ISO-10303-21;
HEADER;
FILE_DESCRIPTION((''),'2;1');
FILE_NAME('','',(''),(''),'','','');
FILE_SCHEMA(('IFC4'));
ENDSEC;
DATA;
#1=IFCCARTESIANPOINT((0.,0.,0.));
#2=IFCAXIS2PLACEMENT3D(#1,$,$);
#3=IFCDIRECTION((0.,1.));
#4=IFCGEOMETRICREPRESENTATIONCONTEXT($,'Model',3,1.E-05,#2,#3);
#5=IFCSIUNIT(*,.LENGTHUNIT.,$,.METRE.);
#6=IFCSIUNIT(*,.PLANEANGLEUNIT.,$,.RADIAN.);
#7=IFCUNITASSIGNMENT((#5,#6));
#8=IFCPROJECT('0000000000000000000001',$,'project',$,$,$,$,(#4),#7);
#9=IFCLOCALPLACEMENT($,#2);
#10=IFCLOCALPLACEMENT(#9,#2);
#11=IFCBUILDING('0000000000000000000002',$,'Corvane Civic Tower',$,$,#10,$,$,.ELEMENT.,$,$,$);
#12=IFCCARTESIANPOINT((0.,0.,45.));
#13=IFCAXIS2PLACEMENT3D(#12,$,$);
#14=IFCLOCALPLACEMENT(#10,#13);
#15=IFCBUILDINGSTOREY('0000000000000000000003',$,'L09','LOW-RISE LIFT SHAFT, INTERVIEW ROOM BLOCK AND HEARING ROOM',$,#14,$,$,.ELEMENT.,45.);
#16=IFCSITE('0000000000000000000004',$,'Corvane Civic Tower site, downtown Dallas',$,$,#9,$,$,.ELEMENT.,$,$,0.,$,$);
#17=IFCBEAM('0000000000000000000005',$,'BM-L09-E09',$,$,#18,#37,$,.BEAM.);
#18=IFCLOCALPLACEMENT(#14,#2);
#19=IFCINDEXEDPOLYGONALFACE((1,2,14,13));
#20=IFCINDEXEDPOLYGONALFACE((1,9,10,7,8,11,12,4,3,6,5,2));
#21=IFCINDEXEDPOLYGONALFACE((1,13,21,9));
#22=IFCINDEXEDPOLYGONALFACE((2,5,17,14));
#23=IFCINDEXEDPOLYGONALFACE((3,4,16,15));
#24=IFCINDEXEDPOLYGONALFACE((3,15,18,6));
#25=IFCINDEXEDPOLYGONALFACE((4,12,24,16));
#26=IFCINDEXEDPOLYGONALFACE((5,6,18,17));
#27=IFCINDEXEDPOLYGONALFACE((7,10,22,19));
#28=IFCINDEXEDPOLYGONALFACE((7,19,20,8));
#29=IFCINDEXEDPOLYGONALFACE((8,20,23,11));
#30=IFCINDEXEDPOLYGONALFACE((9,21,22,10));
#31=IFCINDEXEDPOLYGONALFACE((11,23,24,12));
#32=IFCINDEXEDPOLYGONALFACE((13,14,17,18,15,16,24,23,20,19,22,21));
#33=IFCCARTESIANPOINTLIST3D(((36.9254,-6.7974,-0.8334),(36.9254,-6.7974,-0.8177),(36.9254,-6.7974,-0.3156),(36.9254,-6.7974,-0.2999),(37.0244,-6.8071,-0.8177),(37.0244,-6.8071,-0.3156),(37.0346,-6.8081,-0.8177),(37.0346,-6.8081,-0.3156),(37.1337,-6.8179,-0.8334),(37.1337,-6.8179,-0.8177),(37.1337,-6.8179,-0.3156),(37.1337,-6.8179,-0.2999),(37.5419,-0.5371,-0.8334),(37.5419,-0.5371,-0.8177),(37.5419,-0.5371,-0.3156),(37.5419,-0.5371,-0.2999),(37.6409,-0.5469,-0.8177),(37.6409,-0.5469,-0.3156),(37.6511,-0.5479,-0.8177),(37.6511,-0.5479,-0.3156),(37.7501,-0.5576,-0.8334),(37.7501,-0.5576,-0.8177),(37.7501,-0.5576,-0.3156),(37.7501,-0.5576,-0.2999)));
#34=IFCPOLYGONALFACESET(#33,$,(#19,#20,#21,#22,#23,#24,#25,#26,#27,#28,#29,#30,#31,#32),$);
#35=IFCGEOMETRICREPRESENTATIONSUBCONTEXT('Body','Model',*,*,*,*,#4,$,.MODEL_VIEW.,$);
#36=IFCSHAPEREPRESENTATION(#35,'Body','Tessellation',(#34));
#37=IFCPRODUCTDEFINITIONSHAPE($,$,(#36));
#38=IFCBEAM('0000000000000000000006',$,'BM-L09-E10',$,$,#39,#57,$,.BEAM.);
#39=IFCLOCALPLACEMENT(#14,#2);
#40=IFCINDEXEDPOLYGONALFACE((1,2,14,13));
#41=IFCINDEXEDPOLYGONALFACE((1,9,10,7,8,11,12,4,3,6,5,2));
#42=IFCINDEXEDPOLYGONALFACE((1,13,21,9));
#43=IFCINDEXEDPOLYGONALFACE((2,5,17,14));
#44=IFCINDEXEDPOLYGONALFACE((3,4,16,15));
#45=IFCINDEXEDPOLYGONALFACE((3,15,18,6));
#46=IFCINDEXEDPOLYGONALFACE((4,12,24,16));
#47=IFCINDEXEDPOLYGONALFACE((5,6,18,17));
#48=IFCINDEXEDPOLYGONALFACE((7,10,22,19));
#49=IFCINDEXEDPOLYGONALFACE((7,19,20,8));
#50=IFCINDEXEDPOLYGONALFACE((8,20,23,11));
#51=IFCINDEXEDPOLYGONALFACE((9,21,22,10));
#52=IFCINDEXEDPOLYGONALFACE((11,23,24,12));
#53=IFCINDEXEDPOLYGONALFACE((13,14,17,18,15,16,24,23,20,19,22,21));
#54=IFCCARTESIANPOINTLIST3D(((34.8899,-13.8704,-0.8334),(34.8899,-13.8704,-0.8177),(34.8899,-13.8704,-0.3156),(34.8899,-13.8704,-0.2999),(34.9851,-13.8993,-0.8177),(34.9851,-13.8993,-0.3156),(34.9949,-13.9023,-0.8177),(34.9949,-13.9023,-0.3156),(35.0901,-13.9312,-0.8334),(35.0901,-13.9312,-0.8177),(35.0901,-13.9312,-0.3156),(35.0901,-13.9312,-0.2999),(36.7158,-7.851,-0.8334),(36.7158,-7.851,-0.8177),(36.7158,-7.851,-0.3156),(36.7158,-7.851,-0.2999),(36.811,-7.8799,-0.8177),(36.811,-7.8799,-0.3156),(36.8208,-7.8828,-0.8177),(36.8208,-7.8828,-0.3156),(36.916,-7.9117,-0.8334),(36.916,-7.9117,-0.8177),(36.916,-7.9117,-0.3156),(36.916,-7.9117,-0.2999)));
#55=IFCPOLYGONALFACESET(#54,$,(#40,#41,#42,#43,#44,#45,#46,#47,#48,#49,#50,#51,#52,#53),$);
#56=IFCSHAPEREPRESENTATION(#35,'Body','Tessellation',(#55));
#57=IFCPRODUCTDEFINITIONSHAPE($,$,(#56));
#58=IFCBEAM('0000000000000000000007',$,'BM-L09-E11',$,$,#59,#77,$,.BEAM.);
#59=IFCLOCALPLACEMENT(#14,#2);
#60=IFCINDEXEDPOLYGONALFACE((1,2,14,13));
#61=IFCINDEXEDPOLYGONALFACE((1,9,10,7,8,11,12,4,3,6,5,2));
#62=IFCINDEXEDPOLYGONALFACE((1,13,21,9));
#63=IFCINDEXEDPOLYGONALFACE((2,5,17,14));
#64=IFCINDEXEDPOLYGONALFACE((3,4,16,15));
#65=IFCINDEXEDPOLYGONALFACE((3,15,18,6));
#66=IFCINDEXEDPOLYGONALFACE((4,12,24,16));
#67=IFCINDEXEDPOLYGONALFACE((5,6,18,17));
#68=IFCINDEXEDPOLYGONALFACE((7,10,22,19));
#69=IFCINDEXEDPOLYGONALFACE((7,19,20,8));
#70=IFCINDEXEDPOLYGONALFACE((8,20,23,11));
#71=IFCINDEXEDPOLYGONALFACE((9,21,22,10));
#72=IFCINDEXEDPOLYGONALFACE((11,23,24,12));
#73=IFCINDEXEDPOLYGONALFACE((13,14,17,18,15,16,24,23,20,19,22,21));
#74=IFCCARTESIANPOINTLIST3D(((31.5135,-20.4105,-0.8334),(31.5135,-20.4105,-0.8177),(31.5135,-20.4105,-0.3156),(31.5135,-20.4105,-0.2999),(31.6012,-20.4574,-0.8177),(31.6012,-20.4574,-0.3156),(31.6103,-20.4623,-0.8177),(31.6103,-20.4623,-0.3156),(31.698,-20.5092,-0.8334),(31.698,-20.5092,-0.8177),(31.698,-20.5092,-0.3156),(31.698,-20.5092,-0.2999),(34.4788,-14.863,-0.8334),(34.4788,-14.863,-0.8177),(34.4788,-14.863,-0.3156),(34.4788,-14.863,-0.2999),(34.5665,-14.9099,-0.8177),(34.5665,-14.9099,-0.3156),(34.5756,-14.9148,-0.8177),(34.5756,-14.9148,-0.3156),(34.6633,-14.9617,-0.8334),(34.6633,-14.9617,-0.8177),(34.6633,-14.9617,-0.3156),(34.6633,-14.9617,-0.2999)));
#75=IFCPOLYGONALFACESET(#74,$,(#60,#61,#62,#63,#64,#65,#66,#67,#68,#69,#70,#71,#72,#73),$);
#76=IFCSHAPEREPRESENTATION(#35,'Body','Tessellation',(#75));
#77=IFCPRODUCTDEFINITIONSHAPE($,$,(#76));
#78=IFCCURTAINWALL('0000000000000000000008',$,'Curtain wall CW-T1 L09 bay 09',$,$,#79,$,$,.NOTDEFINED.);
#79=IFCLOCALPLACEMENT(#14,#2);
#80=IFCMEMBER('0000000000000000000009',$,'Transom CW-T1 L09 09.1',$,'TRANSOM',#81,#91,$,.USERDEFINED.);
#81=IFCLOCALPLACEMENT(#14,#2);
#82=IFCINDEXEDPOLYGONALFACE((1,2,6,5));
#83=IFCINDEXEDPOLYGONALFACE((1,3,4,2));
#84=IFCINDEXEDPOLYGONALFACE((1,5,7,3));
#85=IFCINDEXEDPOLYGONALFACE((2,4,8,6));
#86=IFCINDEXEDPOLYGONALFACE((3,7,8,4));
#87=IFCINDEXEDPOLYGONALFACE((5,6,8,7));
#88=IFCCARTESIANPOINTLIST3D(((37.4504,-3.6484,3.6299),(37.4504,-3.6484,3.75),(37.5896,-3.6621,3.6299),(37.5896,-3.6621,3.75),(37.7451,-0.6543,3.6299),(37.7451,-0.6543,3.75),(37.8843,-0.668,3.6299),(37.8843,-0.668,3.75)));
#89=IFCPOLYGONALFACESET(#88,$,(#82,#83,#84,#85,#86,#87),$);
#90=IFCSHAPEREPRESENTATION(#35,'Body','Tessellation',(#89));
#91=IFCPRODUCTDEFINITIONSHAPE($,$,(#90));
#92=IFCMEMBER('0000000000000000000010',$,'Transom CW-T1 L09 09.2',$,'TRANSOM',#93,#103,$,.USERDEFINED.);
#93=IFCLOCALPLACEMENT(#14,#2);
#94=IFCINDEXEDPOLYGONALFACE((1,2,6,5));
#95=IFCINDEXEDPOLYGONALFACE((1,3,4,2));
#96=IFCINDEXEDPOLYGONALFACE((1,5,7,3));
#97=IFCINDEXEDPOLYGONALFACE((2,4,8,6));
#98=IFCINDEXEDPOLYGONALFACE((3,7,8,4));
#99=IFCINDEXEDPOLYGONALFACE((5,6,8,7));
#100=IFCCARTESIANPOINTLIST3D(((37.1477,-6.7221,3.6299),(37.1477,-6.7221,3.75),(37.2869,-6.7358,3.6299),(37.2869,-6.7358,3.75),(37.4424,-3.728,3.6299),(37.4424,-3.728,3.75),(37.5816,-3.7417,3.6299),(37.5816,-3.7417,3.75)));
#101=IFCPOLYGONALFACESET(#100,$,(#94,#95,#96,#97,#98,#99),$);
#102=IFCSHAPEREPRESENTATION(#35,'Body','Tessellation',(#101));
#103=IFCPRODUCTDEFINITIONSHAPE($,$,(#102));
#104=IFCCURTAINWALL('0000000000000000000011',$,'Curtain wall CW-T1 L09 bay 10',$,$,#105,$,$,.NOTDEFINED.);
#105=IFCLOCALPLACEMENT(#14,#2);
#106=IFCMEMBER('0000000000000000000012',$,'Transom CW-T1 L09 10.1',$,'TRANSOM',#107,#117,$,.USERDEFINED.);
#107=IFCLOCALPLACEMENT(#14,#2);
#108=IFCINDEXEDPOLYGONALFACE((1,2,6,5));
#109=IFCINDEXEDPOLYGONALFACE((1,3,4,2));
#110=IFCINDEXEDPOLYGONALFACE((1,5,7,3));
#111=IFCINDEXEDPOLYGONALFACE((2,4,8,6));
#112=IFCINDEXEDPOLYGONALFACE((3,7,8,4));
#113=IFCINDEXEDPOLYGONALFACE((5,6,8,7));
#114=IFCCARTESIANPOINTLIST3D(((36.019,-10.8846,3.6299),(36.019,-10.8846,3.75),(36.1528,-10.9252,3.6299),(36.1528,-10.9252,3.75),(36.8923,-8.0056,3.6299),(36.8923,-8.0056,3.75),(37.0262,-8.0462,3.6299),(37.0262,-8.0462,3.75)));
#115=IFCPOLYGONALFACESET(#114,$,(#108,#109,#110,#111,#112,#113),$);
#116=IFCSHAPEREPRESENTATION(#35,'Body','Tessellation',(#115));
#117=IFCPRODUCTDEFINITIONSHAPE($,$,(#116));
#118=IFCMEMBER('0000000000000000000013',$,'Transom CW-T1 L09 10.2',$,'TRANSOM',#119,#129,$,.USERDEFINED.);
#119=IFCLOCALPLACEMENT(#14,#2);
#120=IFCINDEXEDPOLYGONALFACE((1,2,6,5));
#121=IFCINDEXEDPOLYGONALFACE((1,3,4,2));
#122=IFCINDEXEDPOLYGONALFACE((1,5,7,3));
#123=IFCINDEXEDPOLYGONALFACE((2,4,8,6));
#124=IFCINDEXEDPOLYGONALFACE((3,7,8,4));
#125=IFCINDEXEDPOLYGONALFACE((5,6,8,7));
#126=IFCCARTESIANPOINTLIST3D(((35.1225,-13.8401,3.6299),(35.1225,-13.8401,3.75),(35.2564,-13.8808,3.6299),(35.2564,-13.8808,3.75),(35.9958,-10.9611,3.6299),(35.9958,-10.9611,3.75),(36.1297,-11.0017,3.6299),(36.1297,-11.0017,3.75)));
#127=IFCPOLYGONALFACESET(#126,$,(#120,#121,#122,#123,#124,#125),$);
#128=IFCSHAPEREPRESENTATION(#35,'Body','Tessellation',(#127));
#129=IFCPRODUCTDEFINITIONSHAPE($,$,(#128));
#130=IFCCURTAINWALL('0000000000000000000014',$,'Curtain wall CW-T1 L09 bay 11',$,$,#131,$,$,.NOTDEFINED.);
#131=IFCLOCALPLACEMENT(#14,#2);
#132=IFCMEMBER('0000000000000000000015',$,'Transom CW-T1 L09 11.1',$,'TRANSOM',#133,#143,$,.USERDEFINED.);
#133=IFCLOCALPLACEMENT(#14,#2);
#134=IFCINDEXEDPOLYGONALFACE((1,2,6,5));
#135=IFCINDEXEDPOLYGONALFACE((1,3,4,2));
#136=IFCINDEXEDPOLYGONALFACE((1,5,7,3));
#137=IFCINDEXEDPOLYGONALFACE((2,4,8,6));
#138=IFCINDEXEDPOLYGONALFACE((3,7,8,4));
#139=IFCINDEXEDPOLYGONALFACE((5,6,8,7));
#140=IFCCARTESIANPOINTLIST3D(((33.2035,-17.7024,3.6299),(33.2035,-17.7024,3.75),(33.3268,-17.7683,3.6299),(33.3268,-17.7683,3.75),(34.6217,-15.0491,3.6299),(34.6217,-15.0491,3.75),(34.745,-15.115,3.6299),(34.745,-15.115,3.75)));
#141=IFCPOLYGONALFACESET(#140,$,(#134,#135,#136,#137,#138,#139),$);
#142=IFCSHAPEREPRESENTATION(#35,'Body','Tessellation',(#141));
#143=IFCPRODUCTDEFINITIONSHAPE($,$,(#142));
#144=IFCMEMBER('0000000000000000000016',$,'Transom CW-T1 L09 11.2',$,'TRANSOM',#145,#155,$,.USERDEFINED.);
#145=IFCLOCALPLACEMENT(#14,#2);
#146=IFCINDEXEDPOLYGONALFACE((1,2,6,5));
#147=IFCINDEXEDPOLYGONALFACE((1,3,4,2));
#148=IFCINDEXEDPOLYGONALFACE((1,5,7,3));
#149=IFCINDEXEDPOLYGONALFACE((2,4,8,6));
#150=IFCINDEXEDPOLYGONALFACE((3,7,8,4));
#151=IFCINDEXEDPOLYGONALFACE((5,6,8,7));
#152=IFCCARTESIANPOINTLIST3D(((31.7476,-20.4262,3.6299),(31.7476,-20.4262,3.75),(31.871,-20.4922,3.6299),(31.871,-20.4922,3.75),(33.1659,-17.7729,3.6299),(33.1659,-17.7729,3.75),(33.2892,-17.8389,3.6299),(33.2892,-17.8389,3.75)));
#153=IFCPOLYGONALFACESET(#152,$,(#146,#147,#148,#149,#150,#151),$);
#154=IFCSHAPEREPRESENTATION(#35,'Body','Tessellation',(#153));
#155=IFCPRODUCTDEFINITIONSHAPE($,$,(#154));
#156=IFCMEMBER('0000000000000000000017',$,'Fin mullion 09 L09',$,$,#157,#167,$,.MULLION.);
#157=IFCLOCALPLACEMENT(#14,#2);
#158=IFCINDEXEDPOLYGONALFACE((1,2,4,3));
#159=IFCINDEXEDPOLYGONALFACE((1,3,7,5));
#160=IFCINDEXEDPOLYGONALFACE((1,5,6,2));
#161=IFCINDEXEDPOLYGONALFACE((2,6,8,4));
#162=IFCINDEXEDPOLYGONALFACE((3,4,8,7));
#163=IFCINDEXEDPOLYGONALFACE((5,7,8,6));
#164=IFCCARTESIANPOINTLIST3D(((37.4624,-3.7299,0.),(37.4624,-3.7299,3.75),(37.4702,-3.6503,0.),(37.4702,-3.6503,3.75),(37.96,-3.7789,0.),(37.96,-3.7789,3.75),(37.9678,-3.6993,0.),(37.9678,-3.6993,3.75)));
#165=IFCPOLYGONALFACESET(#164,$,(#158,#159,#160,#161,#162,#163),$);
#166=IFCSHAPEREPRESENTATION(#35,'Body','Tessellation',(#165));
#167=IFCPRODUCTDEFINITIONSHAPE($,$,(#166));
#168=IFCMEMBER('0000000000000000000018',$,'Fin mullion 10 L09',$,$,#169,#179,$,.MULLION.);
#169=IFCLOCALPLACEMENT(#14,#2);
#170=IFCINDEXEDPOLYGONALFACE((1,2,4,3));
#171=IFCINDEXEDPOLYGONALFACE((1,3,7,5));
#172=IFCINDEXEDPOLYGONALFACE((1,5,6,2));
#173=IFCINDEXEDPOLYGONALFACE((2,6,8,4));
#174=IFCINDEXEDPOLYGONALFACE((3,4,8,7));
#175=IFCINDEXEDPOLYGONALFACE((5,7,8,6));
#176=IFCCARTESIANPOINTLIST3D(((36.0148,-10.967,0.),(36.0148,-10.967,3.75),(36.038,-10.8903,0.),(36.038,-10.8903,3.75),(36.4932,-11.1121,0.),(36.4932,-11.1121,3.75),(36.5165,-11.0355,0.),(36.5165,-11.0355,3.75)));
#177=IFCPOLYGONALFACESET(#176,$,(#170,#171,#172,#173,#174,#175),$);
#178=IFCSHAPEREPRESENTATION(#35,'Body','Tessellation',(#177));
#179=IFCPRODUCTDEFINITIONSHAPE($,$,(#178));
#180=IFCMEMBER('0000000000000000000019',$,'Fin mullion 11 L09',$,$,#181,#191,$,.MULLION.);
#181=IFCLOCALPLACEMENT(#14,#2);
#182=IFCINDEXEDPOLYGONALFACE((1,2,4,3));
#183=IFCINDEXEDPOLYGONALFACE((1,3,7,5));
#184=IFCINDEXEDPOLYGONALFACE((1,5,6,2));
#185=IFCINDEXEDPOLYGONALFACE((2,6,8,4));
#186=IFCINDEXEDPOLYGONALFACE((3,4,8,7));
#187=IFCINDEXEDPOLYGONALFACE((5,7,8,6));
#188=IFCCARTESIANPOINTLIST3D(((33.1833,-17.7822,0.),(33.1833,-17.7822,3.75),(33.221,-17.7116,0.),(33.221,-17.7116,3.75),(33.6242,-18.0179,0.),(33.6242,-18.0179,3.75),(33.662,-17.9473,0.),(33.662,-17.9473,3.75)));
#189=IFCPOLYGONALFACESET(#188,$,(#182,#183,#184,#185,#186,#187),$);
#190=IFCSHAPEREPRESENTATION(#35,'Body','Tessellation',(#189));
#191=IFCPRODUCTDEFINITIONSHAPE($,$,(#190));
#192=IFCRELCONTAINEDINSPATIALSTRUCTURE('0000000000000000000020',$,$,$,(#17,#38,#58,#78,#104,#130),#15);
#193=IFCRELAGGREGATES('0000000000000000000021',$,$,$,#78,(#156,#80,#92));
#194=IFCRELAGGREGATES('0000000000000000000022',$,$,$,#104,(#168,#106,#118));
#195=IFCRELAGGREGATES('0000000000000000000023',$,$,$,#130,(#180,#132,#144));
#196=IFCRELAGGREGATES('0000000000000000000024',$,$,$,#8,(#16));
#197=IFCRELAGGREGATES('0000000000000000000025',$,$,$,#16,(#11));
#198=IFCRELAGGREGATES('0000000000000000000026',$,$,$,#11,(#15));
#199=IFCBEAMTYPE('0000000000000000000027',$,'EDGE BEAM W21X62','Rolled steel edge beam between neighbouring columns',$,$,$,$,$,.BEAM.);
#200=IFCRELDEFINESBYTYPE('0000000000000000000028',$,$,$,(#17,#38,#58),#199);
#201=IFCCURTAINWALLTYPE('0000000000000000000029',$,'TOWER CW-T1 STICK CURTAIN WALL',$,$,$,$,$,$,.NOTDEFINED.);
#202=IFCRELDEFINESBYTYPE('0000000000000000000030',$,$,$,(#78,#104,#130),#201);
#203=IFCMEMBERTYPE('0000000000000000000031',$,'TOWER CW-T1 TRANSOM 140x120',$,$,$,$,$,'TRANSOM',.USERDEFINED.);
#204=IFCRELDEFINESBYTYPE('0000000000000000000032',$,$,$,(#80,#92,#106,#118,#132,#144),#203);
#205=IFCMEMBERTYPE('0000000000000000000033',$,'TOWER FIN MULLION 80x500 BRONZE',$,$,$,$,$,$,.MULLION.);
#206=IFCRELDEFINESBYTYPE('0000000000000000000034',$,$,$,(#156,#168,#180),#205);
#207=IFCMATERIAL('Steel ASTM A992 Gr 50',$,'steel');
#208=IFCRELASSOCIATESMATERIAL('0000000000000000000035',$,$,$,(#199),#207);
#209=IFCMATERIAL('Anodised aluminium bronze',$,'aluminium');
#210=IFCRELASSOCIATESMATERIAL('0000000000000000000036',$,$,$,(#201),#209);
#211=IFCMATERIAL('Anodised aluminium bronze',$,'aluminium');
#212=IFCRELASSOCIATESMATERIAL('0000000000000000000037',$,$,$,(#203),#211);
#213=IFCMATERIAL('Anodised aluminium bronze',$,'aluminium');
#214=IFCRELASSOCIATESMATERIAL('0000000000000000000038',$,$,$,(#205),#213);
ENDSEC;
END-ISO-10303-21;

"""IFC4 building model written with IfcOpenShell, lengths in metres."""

from ifc_helpers import new_model, si_unit, direction, frame, origin, origin_2d, place, context, subcontext, project, spatial, rectangle, i_section, extrude, material, material_profile, profile_set, type_object, element, aggregate, save


model = new_model("IFC4")

# Units and contexts
model_context = context("Model", 3, precision=1e-05, world=origin(), true_north=direction((0.0, 1.0)))
body_context = subcontext(model_context, "Body", "Model", "MODEL_VIEW")
ifc_project = project(units=[si_unit("LENGTHUNIT", "METRE"), si_unit("PLANEANGLEUNIT", "RADIAN")], contexts=[model_context])

# Site, building, storey
site_placement = place(None, origin())
site = spatial("IfcSite", under=ifc_project, at=site_placement, Name="Corvane Civic Tower site, downtown Dallas", CompositionType="ELEMENT", RefElevation=0.0)
building_placement = place(site_placement, origin())
building = spatial("IfcBuilding", under=site, at=building_placement, Name="Corvane Civic Tower", CompositionType="ELEMENT")
storey_placement = place(building_placement, frame((0.0, 0.0, 45.0)))
storey = spatial("IfcBuildingStorey", under=building, at=storey_placement, Name="L09", Description="LOW-RISE LIFT SHAFT, INTERVIEW ROOM BLOCK AND HEARING ROOM", CompositionType="ELEMENT", Elevation=45.0)

# Beams
ifc_material_1 = material(Name="Steel ASTM A992 Gr 50", Category="steel")
ifc_material_profile_1 = material_profile(ifc_material_1, i_section(OverallWidth=0.2092, OverallDepth=0.5334, WebThickness=0.0103, FlangeThickness=0.0156, at=origin_2d()), Name="W21X62")
ifc_profile_set_1 = profile_set([ifc_material_profile_1], Name="Steel ASTM A992 Gr 50")
beam_type = type_object("IfcBeamType", Name="EDGE BEAM W21X62", Description="Rolled steel edge beam between neighbouring columns", PredefinedType="BEAM", material=ifc_profile_set_1)
beam_placement = place(storey_placement, frame((37.646, -0.5474, -0.5667), z_axis=(-0.097997, -0.995187, 0.0), x_axis=(0.995187, -0.097997, 0.0)))
element("IfcBeam", 1, at=beam_placement, inside=storey, type_object=beam_type, Name="BM-L09-E09", PredefinedType="BEAM", context=body_context, shape_type="SweptSolid", body=[
    extrude(i_section(OverallWidth=0.2092, OverallDepth=0.5334, WebThickness=0.0103, FlangeThickness=0.0156, at=origin_2d()), origin(), (0.0, 0.0, 1.0), 6.2905),
])
for number, where, z_axis, x_axis, name in (
    (2, (36.8159, -7.8813, -0.5667), (-0.290273, -0.956944, 0.0), (0.956944, -0.290273, 0.0), "BM-L09-E10"),
    (3, (34.571, -14.9124, -0.5667), (-0.471406, -0.881916, 0.0), (0.881916, -0.471406, 0.0), "BM-L09-E11"),
):
    element("IfcBeam", number, at=place(storey_placement, frame(where, z_axis=z_axis, x_axis=x_axis)), inside=storey, type_object=beam_type, Name=name, PredefinedType="BEAM", context=body_context, shape_type="SweptSolid", body=[
        extrude(i_section(OverallWidth=0.2092, OverallDepth=0.5334, WebThickness=0.0103, FlangeThickness=0.0156, at=origin_2d()), origin(), (0.0, 0.0, 1.0), 6.2903),
    ])

# Curtain walls, members
ifc_material_2 = material(Name="Anodised aluminium bronze", Category="aluminium")
curtain_wall_type = type_object("IfcCurtainWallType", Name="TOWER CW-T1 STICK CURTAIN WALL", PredefinedType="NOTDEFINED", material=ifc_material_2)
curtain_wall_1_placement = place(storey_placement, origin())
curtain_wall_1 = element("IfcCurtainWall", 4, at=curtain_wall_1_placement, inside=storey, type_object=curtain_wall_type, Name="Curtain wall CW-T1 L09 bay 09", PredefinedType="NOTDEFINED")
ifc_material_3 = material(Name="Anodised aluminium bronze", Category="aluminium")
ifc_material_profile_2 = material_profile(ifc_material_3, rectangle(XDim=0.1399, YDim=0.1201, at=origin_2d()), Name="TOWER CW-T1 TRANSOM 140x120")
ifc_profile_set_2 = profile_set([ifc_material_profile_2], Name="Anodised aluminium bronze")
member_type_1 = type_object("IfcMemberType", Name="TOWER CW-T1 TRANSOM 140x120", ElementType="TRANSOM", PredefinedType="USERDEFINED", material=ifc_profile_set_2)
member_1_placement = place(storey_placement, frame((37.8147, -0.6611, 3.6899), z_axis=(-0.097945, -0.995192, 0.0), x_axis=(0.995192, -0.097945, 0.0)))
member_1 = element("IfcMember", 5, at=member_1_placement, type_object=member_type_1, Name="Transom CW-T1 L09 09.1", ObjectType="TRANSOM", PredefinedType="USERDEFINED", context=body_context, shape_type="SweptSolid", body=[
    extrude(rectangle(XDim=0.1399, YDim=0.1201, at=origin_2d()), origin(), (0.0, 0.0, 1.0), 3.0085),
])
member_2_placement = place(storey_placement, frame((37.512, -3.7349, 3.6899), z_axis=(-0.097945, -0.995192, 0.0), x_axis=(0.995192, -0.097945, 0.0)))
member_2 = element("IfcMember", 6, at=member_2_placement, type_object=member_type_1, Name="Transom CW-T1 L09 09.2", ObjectType="TRANSOM", PredefinedType="USERDEFINED", context=body_context, shape_type="SweptSolid", body=[
    extrude(rectangle(XDim=0.1399, YDim=0.1201, at=origin_2d()), origin(), (0.0, 0.0, 1.0), 3.0085),
])
curtain_wall_2_placement = place(storey_placement, origin())
curtain_wall_2 = element("IfcCurtainWall", 7, at=curtain_wall_2_placement, inside=storey, type_object=curtain_wall_type, Name="Curtain wall CW-T1 L09 bay 10", PredefinedType="NOTDEFINED")
member_3_placement = place(storey_placement, frame((36.9592, -8.0259, 3.6899), z_axis=(-0.29028, -0.956942, 0.0), x_axis=(0.956942, -0.29028, 0.0)))
member_3 = element("IfcMember", 8, at=member_3_placement, type_object=member_type_1, Name="Transom CW-T1 L09 10.1", ObjectType="TRANSOM", PredefinedType="USERDEFINED", context=body_context, shape_type="SweptSolid", body=[
    extrude(rectangle(XDim=0.1399, YDim=0.1201, at=origin_2d()), origin(), (0.0, 0.0, 1.0), 3.0085),
])
member_4_placement = place(storey_placement, frame((36.0627, -10.9814, 3.6899), z_axis=(-0.29028, -0.956942, 0.0), x_axis=(0.956942, -0.29028, 0.0)))
member_4 = element("IfcMember", 9, at=member_4_placement, type_object=member_type_1, Name="Transom CW-T1 L09 10.2", ObjectType="TRANSOM", PredefinedType="USERDEFINED", context=body_context, shape_type="SweptSolid", body=[
    extrude(rectangle(XDim=0.1399, YDim=0.1201, at=origin_2d()), origin(), (0.0, 0.0, 1.0), 3.0085),
])
curtain_wall_3_placement = place(storey_placement, origin())
curtain_wall_3 = element("IfcCurtainWall", 10, at=curtain_wall_3_placement, inside=storey, type_object=curtain_wall_type, Name="Curtain wall CW-T1 L09 bay 11", PredefinedType="NOTDEFINED")
member_5_placement = place(storey_placement, frame((34.6833, -15.082, 3.6899), z_axis=(-0.471393, -0.881924, 0.0), x_axis=(0.881924, -0.471393, 0.0)))
member_5 = element("IfcMember", 11, at=member_5_placement, type_object=member_type_1, Name="Transom CW-T1 L09 11.1", ObjectType="TRANSOM", PredefinedType="USERDEFINED", context=body_context, shape_type="SweptSolid", body=[
    extrude(rectangle(XDim=0.1399, YDim=0.1201, at=origin_2d()), origin(), (0.0, 0.0, 1.0), 3.0085),
])
member_6_placement = place(storey_placement, frame((33.2275, -17.8059, 3.6899), z_axis=(-0.471393, -0.881924, 0.0), x_axis=(0.881924, -0.471393, 0.0)))
member_6 = element("IfcMember", 12, at=member_6_placement, type_object=member_type_1, Name="Transom CW-T1 L09 11.2", ObjectType="TRANSOM", PredefinedType="USERDEFINED", context=body_context, shape_type="SweptSolid", body=[
    extrude(rectangle(XDim=0.1399, YDim=0.1201, at=origin_2d()), origin(), (0.0, 0.0, 1.0), 3.0085),
])

# Members
ifc_material_4 = material(Name="Anodised aluminium bronze", Category="aluminium")
ifc_material_profile_3 = material_profile(ifc_material_4, rectangle(XDim=0.0801, YDim=0.5, at=origin_2d()), Name="TOWER FIN MULLION 80x500 BRONZE")
ifc_profile_set_3 = profile_set([ifc_material_profile_3], Name="Anodised aluminium bronze")
member_type_2 = type_object("IfcMemberType", Name="TOWER FIN MULLION 80x500 BRONZE", PredefinedType="MULLION", material=ifc_profile_set_3)
member_7_placement = place(storey_placement, frame((37.7151, -3.7146, 0.0), z_axis=(0.0, 0.0, 1.0), x_axis=(-0.098006, -0.995186, 0.0)))
member_7 = element("IfcMember", 13, at=member_7_placement, type_object=member_type_2, Name="Fin mullion 09 L09", PredefinedType="MULLION", context=body_context, shape_type="SweptSolid", body=[
    extrude(rectangle(XDim=0.0801, YDim=0.5, at=origin_2d()), origin(), (0.0, 0.0, 1.0), 3.75),
])
member_8_placement = place(storey_placement, frame((36.2656, -11.0012, 0.0), z_axis=(0.0, 0.0, 1.0), x_axis=(-0.290278, -0.956942, 0.0)))
member_8 = element("IfcMember", 14, at=member_8_placement, type_object=member_type_2, Name="Fin mullion 10 L09", PredefinedType="MULLION", context=body_context, shape_type="SweptSolid", body=[
    extrude(rectangle(XDim=0.0801, YDim=0.5, at=origin_2d()), origin(), (0.0, 0.0, 1.0), 3.75),
])
member_9_placement = place(storey_placement, frame((33.4226, -17.8647, 0.0), z_axis=(0.0, 0.0, 1.0), x_axis=(-0.471404, -0.881918, 0.0)))
member_9 = element("IfcMember", 15, at=member_9_placement, type_object=member_type_2, Name="Fin mullion 11 L09", PredefinedType="MULLION", context=body_context, shape_type="SweptSolid", body=[
    extrude(rectangle(XDim=0.0801, YDim=0.5, at=origin_2d()), origin(), (0.0, 0.0, 1.0), 3.75),
])

aggregate(curtain_wall_1, [member_7, member_1, member_2])
aggregate(curtain_wall_2, [member_8, member_3, member_4])
aggregate(curtain_wall_3, [member_9, member_5, member_6])

save(model, "model.ifc")
